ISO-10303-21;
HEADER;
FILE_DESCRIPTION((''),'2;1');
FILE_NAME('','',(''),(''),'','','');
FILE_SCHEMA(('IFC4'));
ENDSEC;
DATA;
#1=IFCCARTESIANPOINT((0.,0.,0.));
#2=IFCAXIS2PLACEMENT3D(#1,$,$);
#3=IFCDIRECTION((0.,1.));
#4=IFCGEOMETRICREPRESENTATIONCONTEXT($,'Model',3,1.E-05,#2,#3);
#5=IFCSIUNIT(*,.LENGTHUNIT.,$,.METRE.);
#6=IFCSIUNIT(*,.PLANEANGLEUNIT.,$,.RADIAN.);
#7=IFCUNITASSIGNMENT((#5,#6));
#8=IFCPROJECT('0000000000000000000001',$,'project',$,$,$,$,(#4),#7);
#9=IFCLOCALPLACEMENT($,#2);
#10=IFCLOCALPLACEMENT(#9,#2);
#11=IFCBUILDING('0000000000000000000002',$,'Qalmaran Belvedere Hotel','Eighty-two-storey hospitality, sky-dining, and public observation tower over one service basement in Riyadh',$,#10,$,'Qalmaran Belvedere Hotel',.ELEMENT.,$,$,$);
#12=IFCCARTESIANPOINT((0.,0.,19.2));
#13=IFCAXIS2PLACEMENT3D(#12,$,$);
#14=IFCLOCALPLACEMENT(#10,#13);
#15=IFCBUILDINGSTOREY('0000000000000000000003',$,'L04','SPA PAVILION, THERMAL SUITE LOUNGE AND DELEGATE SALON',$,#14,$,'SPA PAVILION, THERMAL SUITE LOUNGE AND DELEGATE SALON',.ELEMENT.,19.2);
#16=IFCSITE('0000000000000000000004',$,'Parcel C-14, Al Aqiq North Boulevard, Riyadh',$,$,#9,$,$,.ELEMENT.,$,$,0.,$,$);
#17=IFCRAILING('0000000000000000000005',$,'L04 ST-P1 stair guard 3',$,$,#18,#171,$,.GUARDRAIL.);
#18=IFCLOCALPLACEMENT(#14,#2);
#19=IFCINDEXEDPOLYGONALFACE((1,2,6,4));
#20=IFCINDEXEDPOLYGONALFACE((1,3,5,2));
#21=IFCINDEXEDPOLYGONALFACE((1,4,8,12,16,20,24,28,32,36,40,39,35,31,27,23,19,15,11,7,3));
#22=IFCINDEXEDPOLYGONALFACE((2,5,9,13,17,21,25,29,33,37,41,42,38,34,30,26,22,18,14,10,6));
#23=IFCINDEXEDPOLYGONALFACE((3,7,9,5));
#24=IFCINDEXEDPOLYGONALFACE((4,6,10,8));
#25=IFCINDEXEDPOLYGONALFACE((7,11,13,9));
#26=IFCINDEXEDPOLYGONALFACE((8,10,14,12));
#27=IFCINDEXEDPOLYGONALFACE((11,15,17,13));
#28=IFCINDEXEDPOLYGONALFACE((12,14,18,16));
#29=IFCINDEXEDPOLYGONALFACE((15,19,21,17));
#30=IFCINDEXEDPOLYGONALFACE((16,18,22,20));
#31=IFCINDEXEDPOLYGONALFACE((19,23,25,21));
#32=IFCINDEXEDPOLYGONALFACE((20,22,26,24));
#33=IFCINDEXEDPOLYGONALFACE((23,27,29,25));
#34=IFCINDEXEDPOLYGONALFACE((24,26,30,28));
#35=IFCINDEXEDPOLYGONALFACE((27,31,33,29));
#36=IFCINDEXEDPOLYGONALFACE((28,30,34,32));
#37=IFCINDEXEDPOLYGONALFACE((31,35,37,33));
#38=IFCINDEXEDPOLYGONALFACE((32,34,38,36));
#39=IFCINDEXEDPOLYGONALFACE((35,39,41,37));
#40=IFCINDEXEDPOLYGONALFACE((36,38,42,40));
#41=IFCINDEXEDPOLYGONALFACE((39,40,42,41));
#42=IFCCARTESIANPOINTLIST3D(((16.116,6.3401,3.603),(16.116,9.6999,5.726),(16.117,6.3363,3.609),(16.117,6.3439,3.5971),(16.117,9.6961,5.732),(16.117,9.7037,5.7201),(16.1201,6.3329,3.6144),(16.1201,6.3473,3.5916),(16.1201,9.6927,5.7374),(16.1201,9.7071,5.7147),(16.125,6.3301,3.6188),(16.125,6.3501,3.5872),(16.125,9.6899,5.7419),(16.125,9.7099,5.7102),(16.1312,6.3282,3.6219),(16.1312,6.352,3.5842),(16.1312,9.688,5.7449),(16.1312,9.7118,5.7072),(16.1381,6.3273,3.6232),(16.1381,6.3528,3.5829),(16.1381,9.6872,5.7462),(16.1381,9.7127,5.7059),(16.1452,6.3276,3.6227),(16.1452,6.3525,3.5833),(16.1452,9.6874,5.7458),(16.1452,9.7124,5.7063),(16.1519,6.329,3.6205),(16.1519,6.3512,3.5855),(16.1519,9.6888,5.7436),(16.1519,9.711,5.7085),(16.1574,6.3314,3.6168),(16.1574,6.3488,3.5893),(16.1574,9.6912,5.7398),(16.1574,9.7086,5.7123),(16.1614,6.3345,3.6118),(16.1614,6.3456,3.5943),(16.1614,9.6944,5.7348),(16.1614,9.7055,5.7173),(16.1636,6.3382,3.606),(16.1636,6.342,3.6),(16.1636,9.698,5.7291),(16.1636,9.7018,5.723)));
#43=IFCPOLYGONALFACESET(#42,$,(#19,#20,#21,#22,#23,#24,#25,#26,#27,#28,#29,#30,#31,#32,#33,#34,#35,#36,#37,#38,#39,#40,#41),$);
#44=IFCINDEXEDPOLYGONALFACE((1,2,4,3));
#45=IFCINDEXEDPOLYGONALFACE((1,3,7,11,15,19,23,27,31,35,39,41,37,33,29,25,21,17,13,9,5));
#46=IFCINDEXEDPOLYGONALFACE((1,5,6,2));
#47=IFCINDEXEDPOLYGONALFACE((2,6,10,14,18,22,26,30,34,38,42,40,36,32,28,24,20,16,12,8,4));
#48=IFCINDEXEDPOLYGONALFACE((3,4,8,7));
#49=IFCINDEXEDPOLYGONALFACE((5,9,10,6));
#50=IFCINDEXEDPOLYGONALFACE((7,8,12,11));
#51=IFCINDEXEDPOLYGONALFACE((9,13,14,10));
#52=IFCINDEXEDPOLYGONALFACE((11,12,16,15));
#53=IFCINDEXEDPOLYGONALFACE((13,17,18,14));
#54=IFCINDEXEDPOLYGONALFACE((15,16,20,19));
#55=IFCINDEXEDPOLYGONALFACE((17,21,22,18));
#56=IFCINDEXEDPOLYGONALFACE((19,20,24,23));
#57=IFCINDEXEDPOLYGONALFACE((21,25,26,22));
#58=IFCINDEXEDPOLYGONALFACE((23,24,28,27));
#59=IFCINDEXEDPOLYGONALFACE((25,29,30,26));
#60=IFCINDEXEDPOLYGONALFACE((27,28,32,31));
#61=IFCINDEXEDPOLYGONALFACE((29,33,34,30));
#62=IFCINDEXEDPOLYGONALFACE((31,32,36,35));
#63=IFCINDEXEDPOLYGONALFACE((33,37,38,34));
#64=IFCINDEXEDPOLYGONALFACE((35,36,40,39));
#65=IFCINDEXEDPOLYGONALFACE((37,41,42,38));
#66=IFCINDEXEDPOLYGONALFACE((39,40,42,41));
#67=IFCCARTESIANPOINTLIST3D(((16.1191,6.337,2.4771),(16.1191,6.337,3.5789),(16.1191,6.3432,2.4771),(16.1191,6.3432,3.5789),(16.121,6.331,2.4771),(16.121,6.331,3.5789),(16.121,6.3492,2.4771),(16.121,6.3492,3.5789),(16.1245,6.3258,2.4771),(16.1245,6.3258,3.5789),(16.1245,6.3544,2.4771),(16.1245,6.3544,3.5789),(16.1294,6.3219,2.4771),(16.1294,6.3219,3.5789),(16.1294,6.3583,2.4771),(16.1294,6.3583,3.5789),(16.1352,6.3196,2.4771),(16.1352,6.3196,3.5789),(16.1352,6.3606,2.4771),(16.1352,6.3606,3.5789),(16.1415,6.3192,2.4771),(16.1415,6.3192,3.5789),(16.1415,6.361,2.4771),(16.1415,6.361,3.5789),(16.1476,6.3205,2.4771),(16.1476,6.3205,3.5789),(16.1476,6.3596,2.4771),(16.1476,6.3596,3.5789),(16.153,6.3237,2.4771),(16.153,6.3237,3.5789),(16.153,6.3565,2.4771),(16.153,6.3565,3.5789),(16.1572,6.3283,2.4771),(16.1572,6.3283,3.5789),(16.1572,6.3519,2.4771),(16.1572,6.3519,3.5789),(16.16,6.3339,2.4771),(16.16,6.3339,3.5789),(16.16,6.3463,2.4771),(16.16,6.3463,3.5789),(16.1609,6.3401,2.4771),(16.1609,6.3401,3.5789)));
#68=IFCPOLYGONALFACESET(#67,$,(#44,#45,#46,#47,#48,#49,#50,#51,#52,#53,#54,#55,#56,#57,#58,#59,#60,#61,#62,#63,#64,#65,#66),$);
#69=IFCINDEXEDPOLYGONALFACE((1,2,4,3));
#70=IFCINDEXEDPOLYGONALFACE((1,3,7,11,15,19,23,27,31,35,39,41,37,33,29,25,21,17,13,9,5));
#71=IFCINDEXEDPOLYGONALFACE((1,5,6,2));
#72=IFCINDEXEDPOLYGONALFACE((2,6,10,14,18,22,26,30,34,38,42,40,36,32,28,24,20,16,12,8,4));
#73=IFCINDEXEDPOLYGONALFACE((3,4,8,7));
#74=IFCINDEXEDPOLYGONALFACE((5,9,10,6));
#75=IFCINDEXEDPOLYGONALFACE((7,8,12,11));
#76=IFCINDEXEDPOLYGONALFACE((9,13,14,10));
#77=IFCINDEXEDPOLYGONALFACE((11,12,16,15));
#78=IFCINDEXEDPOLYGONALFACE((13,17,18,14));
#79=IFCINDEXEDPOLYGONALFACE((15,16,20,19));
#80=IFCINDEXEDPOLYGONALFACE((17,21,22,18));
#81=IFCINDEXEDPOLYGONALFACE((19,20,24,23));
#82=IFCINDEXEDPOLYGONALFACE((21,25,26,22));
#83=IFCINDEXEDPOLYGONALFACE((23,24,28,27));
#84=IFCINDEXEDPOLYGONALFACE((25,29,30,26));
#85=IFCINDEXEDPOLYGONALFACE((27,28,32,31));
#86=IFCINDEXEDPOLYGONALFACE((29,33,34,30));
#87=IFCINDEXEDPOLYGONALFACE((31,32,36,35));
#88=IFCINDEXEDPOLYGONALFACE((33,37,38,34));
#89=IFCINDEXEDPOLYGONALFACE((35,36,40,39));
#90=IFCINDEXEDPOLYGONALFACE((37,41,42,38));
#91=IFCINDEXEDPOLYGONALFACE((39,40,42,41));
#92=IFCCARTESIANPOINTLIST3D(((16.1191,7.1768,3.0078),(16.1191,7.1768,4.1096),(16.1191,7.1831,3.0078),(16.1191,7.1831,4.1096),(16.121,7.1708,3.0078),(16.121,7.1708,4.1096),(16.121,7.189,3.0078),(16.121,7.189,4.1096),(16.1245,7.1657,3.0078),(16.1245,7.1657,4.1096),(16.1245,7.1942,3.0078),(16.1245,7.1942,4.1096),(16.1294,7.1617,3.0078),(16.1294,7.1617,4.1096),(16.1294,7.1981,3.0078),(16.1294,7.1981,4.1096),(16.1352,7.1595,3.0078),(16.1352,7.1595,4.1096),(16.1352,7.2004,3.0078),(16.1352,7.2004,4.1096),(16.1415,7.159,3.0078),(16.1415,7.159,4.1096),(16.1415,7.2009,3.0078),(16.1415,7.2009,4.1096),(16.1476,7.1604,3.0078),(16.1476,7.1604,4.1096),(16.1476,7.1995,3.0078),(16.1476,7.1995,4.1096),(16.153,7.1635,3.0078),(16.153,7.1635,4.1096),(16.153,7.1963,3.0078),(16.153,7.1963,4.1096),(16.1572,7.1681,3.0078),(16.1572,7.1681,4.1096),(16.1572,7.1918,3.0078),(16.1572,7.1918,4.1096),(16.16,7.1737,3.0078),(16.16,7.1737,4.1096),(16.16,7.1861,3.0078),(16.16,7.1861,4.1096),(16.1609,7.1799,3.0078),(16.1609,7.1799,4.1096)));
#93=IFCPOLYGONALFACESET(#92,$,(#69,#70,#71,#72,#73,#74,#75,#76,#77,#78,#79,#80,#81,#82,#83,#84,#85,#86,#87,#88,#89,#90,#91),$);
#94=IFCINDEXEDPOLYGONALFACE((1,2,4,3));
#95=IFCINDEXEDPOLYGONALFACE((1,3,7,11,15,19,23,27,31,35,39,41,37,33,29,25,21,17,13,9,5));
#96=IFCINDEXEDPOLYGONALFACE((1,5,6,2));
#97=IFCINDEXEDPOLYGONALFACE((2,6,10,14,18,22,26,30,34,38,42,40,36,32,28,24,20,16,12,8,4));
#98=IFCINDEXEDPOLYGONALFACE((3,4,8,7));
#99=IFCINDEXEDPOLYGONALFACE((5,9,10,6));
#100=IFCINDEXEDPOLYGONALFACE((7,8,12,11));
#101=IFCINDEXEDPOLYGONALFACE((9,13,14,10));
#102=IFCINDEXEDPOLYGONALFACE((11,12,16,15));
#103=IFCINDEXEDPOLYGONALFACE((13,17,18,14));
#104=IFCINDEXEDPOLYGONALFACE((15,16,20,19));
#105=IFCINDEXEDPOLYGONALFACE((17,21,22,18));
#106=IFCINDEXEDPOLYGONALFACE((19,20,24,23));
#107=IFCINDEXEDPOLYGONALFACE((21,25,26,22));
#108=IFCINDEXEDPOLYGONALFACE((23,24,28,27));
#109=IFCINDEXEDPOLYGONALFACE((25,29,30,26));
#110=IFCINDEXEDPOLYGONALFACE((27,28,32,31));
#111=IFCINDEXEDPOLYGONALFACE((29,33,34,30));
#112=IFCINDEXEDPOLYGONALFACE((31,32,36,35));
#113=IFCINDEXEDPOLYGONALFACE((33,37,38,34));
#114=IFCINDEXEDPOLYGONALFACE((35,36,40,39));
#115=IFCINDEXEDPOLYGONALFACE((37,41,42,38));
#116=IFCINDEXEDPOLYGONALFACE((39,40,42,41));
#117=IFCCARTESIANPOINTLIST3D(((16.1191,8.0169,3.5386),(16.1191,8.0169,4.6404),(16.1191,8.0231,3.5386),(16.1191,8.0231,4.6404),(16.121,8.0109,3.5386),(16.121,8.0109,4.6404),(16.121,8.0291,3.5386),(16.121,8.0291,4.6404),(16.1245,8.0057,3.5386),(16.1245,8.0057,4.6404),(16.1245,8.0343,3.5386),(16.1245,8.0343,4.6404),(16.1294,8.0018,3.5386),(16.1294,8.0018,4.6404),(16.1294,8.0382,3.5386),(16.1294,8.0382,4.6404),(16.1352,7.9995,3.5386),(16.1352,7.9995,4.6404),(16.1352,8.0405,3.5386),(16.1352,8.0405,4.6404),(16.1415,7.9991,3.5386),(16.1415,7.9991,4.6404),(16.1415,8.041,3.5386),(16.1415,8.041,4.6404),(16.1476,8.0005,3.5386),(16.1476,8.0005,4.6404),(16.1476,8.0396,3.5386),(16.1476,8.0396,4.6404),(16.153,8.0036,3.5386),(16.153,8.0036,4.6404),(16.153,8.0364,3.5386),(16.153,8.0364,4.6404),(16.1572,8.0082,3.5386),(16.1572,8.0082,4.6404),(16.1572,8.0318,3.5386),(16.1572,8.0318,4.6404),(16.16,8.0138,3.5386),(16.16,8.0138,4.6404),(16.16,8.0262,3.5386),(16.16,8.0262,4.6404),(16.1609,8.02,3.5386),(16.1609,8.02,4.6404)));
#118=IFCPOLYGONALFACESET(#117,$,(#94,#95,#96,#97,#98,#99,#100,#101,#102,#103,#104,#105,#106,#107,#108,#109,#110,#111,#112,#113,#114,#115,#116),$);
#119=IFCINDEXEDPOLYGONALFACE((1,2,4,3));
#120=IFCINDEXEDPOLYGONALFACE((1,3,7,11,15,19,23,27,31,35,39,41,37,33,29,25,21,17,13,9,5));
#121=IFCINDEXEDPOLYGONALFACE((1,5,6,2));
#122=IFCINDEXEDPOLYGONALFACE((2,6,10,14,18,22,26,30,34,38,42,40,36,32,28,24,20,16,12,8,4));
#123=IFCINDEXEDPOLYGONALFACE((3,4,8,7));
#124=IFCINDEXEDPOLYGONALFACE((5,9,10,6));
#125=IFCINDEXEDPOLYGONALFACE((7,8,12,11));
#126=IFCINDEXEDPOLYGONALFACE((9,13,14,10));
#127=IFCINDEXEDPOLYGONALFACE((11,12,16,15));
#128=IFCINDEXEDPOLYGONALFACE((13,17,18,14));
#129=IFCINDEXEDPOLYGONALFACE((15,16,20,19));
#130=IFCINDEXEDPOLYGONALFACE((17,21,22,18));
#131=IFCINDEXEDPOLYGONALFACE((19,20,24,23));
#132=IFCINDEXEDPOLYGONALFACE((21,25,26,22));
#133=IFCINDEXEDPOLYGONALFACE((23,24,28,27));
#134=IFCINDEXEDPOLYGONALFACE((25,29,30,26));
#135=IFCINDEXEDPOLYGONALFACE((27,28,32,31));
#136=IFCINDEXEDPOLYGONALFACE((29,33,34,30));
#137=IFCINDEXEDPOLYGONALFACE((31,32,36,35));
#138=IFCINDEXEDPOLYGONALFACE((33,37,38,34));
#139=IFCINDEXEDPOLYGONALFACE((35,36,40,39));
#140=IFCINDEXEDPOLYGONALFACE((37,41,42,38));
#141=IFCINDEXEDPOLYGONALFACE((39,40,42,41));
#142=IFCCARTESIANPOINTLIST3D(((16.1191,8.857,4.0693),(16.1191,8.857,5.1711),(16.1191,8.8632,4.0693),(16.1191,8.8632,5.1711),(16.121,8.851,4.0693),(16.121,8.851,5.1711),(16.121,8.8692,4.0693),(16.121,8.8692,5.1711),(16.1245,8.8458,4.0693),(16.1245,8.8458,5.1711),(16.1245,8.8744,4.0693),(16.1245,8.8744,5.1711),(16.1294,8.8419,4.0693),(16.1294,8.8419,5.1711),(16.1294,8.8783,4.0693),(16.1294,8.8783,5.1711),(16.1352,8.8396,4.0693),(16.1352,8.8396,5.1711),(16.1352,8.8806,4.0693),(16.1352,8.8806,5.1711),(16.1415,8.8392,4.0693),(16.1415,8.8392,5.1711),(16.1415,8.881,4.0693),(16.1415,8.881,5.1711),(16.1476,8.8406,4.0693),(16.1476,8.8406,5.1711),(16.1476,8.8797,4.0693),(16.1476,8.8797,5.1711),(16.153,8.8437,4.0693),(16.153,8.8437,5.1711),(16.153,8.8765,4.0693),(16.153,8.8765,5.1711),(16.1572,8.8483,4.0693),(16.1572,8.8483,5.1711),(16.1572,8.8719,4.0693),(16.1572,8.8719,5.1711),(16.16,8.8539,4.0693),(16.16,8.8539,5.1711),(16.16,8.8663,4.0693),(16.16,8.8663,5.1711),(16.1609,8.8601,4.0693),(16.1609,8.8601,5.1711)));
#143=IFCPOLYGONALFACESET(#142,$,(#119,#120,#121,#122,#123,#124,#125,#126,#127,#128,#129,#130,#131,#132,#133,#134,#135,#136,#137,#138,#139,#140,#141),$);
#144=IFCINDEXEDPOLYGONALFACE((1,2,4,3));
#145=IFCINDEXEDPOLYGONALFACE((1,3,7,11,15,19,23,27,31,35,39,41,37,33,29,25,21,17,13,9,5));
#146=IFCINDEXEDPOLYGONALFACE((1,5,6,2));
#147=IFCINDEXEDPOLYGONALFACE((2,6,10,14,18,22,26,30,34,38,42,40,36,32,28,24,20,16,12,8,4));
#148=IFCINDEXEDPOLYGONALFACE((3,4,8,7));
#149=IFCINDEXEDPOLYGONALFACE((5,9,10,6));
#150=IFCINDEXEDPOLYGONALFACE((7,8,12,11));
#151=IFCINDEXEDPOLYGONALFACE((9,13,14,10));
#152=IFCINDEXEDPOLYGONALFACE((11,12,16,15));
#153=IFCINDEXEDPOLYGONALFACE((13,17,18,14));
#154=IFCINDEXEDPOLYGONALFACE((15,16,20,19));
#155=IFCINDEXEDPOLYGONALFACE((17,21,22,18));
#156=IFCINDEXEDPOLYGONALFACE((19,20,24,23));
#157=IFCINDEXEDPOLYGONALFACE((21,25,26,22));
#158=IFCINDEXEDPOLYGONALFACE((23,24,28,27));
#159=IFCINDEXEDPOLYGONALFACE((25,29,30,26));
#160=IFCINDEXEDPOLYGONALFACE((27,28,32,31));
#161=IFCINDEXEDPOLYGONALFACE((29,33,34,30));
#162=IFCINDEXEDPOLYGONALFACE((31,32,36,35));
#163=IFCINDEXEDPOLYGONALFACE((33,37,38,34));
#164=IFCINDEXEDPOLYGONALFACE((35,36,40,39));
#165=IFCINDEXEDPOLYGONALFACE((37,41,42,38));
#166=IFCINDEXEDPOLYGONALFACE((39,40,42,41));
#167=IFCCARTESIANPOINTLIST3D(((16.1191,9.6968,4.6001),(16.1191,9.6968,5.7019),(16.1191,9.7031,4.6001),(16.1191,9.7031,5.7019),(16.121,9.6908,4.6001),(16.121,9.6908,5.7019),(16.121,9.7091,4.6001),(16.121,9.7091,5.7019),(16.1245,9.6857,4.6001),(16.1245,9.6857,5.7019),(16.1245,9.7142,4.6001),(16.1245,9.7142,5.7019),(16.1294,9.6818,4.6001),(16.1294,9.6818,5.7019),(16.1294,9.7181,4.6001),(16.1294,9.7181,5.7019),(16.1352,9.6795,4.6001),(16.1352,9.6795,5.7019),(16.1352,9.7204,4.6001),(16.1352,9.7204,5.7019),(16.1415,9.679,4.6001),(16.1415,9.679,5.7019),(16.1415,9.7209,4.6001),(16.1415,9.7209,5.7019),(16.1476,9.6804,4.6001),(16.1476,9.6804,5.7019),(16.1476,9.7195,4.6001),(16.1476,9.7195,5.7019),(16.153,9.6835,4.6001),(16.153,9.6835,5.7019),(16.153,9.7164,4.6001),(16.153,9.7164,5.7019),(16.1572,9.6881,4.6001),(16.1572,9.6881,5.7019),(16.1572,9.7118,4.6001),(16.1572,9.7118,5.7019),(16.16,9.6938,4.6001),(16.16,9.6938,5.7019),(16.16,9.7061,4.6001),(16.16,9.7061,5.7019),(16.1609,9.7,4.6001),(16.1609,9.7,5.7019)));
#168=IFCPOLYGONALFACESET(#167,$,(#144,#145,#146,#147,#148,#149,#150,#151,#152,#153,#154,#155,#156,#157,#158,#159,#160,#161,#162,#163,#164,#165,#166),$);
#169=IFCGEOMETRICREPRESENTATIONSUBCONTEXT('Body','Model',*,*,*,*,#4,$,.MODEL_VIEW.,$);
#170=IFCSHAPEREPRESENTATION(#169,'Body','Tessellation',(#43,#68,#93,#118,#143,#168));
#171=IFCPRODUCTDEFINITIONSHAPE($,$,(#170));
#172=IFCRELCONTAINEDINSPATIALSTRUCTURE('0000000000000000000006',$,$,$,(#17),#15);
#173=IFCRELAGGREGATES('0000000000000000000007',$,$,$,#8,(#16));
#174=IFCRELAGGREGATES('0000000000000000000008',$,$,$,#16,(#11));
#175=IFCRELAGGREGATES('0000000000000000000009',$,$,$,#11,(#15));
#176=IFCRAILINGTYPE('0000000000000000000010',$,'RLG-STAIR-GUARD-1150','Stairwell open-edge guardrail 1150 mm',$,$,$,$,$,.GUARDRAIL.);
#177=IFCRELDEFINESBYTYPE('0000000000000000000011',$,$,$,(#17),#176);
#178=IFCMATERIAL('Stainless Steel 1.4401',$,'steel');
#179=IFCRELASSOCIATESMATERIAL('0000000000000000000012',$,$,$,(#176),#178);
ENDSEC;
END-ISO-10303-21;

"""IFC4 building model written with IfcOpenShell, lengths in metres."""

from ifc_helpers import new_model, si_unit, direction, frame, origin, origin_2d, place, context, subcontext, project, spatial, circle, extrude, material, type_object, element, save


model = new_model("IFC4")

# Units and contexts
model_context = context("Model", 3, precision=1e-05, world=origin(), true_north=direction((0.0, 1.0)))
body_context = subcontext(model_context, "Body", "Model", "MODEL_VIEW")
ifc_project = project(units=[si_unit("LENGTHUNIT", "METRE"), si_unit("PLANEANGLEUNIT", "RADIAN")], contexts=[model_context])

# Site, building, storey
site_placement = place(None, origin())
site = spatial("IfcSite", under=ifc_project, at=site_placement, Name="Parcel C-14, Al Aqiq North Boulevard, Riyadh", CompositionType="ELEMENT", RefElevation=0.0)
building_placement = place(site_placement, origin())
building = spatial("IfcBuilding", under=site, at=building_placement, Name="Qalmaran Belvedere Hotel", Description="Eighty-two-storey hospitality, sky-dining, and public observation tower over one service basement in Riyadh", LongName="Qalmaran Belvedere Hotel", CompositionType="ELEMENT")
storey_placement = place(building_placement, frame((0.0, 0.0, 19.2)))
storey = spatial("IfcBuildingStorey", under=building, at=storey_placement, Name="L04", Description="SPA PAVILION, THERMAL SUITE LOUNGE AND DELEGATE SALON", LongName="SPA PAVILION, THERMAL SUITE LOUNGE AND DELEGATE SALON", CompositionType="ELEMENT", Elevation=19.2)

# Railing
ifc_material_1 = material(Name="Stainless Steel 1.4401", Category="steel")
railing_type_1 = type_object("IfcRailingType", Name="RLG-STAIR-GUARD-1150", Description="Stairwell open-edge guardrail 1150 mm", PredefinedType="GUARDRAIL", material=ifc_material_1)
railing_1_placement = place(storey_placement, frame((16.1399, 6.3401, 2.4771)))
element("IfcRailing", 1, at=railing_1_placement, inside=storey, type_object=railing_type_1, Name="L04 ST-P1 stair guard 3", PredefinedType="GUARDRAIL", context=body_context, shape_type="SweptSolid", body=[
    extrude(circle(Radius=0.0239, at=origin_2d()), frame((0.0, 0.0, 1.126), z_axis=(0.0, 0.845372, 0.534178), x_axis=(-1.0, 0.0, 0.0)), (0.0, 0.0, 1.0), 3.9744),
    extrude(circle(Radius=0.021, at=origin_2d()), origin(), (0.0, 0.0, 1.0), 1.1018),
    extrude(circle(Radius=0.021, at=origin_2d()), frame((0.0, 0.8398, 0.5308)), (0.0, 0.0, 1.0), 1.1018),
    extrude(circle(Radius=0.021, at=origin_2d()), frame((0.0, 1.6799, 1.0615)), (0.0, 0.0, 1.0), 1.1018),
    extrude(circle(Radius=0.021, at=origin_2d()), frame((0.0, 2.52, 1.5923)), (0.0, 0.0, 1.0), 1.1018),
    extrude(circle(Radius=0.021, at=origin_2d()), frame((0.0, 3.3599, 2.123)), (0.0, 0.0, 1.0), 1.1018),
])

save(model, "model.ifc")
